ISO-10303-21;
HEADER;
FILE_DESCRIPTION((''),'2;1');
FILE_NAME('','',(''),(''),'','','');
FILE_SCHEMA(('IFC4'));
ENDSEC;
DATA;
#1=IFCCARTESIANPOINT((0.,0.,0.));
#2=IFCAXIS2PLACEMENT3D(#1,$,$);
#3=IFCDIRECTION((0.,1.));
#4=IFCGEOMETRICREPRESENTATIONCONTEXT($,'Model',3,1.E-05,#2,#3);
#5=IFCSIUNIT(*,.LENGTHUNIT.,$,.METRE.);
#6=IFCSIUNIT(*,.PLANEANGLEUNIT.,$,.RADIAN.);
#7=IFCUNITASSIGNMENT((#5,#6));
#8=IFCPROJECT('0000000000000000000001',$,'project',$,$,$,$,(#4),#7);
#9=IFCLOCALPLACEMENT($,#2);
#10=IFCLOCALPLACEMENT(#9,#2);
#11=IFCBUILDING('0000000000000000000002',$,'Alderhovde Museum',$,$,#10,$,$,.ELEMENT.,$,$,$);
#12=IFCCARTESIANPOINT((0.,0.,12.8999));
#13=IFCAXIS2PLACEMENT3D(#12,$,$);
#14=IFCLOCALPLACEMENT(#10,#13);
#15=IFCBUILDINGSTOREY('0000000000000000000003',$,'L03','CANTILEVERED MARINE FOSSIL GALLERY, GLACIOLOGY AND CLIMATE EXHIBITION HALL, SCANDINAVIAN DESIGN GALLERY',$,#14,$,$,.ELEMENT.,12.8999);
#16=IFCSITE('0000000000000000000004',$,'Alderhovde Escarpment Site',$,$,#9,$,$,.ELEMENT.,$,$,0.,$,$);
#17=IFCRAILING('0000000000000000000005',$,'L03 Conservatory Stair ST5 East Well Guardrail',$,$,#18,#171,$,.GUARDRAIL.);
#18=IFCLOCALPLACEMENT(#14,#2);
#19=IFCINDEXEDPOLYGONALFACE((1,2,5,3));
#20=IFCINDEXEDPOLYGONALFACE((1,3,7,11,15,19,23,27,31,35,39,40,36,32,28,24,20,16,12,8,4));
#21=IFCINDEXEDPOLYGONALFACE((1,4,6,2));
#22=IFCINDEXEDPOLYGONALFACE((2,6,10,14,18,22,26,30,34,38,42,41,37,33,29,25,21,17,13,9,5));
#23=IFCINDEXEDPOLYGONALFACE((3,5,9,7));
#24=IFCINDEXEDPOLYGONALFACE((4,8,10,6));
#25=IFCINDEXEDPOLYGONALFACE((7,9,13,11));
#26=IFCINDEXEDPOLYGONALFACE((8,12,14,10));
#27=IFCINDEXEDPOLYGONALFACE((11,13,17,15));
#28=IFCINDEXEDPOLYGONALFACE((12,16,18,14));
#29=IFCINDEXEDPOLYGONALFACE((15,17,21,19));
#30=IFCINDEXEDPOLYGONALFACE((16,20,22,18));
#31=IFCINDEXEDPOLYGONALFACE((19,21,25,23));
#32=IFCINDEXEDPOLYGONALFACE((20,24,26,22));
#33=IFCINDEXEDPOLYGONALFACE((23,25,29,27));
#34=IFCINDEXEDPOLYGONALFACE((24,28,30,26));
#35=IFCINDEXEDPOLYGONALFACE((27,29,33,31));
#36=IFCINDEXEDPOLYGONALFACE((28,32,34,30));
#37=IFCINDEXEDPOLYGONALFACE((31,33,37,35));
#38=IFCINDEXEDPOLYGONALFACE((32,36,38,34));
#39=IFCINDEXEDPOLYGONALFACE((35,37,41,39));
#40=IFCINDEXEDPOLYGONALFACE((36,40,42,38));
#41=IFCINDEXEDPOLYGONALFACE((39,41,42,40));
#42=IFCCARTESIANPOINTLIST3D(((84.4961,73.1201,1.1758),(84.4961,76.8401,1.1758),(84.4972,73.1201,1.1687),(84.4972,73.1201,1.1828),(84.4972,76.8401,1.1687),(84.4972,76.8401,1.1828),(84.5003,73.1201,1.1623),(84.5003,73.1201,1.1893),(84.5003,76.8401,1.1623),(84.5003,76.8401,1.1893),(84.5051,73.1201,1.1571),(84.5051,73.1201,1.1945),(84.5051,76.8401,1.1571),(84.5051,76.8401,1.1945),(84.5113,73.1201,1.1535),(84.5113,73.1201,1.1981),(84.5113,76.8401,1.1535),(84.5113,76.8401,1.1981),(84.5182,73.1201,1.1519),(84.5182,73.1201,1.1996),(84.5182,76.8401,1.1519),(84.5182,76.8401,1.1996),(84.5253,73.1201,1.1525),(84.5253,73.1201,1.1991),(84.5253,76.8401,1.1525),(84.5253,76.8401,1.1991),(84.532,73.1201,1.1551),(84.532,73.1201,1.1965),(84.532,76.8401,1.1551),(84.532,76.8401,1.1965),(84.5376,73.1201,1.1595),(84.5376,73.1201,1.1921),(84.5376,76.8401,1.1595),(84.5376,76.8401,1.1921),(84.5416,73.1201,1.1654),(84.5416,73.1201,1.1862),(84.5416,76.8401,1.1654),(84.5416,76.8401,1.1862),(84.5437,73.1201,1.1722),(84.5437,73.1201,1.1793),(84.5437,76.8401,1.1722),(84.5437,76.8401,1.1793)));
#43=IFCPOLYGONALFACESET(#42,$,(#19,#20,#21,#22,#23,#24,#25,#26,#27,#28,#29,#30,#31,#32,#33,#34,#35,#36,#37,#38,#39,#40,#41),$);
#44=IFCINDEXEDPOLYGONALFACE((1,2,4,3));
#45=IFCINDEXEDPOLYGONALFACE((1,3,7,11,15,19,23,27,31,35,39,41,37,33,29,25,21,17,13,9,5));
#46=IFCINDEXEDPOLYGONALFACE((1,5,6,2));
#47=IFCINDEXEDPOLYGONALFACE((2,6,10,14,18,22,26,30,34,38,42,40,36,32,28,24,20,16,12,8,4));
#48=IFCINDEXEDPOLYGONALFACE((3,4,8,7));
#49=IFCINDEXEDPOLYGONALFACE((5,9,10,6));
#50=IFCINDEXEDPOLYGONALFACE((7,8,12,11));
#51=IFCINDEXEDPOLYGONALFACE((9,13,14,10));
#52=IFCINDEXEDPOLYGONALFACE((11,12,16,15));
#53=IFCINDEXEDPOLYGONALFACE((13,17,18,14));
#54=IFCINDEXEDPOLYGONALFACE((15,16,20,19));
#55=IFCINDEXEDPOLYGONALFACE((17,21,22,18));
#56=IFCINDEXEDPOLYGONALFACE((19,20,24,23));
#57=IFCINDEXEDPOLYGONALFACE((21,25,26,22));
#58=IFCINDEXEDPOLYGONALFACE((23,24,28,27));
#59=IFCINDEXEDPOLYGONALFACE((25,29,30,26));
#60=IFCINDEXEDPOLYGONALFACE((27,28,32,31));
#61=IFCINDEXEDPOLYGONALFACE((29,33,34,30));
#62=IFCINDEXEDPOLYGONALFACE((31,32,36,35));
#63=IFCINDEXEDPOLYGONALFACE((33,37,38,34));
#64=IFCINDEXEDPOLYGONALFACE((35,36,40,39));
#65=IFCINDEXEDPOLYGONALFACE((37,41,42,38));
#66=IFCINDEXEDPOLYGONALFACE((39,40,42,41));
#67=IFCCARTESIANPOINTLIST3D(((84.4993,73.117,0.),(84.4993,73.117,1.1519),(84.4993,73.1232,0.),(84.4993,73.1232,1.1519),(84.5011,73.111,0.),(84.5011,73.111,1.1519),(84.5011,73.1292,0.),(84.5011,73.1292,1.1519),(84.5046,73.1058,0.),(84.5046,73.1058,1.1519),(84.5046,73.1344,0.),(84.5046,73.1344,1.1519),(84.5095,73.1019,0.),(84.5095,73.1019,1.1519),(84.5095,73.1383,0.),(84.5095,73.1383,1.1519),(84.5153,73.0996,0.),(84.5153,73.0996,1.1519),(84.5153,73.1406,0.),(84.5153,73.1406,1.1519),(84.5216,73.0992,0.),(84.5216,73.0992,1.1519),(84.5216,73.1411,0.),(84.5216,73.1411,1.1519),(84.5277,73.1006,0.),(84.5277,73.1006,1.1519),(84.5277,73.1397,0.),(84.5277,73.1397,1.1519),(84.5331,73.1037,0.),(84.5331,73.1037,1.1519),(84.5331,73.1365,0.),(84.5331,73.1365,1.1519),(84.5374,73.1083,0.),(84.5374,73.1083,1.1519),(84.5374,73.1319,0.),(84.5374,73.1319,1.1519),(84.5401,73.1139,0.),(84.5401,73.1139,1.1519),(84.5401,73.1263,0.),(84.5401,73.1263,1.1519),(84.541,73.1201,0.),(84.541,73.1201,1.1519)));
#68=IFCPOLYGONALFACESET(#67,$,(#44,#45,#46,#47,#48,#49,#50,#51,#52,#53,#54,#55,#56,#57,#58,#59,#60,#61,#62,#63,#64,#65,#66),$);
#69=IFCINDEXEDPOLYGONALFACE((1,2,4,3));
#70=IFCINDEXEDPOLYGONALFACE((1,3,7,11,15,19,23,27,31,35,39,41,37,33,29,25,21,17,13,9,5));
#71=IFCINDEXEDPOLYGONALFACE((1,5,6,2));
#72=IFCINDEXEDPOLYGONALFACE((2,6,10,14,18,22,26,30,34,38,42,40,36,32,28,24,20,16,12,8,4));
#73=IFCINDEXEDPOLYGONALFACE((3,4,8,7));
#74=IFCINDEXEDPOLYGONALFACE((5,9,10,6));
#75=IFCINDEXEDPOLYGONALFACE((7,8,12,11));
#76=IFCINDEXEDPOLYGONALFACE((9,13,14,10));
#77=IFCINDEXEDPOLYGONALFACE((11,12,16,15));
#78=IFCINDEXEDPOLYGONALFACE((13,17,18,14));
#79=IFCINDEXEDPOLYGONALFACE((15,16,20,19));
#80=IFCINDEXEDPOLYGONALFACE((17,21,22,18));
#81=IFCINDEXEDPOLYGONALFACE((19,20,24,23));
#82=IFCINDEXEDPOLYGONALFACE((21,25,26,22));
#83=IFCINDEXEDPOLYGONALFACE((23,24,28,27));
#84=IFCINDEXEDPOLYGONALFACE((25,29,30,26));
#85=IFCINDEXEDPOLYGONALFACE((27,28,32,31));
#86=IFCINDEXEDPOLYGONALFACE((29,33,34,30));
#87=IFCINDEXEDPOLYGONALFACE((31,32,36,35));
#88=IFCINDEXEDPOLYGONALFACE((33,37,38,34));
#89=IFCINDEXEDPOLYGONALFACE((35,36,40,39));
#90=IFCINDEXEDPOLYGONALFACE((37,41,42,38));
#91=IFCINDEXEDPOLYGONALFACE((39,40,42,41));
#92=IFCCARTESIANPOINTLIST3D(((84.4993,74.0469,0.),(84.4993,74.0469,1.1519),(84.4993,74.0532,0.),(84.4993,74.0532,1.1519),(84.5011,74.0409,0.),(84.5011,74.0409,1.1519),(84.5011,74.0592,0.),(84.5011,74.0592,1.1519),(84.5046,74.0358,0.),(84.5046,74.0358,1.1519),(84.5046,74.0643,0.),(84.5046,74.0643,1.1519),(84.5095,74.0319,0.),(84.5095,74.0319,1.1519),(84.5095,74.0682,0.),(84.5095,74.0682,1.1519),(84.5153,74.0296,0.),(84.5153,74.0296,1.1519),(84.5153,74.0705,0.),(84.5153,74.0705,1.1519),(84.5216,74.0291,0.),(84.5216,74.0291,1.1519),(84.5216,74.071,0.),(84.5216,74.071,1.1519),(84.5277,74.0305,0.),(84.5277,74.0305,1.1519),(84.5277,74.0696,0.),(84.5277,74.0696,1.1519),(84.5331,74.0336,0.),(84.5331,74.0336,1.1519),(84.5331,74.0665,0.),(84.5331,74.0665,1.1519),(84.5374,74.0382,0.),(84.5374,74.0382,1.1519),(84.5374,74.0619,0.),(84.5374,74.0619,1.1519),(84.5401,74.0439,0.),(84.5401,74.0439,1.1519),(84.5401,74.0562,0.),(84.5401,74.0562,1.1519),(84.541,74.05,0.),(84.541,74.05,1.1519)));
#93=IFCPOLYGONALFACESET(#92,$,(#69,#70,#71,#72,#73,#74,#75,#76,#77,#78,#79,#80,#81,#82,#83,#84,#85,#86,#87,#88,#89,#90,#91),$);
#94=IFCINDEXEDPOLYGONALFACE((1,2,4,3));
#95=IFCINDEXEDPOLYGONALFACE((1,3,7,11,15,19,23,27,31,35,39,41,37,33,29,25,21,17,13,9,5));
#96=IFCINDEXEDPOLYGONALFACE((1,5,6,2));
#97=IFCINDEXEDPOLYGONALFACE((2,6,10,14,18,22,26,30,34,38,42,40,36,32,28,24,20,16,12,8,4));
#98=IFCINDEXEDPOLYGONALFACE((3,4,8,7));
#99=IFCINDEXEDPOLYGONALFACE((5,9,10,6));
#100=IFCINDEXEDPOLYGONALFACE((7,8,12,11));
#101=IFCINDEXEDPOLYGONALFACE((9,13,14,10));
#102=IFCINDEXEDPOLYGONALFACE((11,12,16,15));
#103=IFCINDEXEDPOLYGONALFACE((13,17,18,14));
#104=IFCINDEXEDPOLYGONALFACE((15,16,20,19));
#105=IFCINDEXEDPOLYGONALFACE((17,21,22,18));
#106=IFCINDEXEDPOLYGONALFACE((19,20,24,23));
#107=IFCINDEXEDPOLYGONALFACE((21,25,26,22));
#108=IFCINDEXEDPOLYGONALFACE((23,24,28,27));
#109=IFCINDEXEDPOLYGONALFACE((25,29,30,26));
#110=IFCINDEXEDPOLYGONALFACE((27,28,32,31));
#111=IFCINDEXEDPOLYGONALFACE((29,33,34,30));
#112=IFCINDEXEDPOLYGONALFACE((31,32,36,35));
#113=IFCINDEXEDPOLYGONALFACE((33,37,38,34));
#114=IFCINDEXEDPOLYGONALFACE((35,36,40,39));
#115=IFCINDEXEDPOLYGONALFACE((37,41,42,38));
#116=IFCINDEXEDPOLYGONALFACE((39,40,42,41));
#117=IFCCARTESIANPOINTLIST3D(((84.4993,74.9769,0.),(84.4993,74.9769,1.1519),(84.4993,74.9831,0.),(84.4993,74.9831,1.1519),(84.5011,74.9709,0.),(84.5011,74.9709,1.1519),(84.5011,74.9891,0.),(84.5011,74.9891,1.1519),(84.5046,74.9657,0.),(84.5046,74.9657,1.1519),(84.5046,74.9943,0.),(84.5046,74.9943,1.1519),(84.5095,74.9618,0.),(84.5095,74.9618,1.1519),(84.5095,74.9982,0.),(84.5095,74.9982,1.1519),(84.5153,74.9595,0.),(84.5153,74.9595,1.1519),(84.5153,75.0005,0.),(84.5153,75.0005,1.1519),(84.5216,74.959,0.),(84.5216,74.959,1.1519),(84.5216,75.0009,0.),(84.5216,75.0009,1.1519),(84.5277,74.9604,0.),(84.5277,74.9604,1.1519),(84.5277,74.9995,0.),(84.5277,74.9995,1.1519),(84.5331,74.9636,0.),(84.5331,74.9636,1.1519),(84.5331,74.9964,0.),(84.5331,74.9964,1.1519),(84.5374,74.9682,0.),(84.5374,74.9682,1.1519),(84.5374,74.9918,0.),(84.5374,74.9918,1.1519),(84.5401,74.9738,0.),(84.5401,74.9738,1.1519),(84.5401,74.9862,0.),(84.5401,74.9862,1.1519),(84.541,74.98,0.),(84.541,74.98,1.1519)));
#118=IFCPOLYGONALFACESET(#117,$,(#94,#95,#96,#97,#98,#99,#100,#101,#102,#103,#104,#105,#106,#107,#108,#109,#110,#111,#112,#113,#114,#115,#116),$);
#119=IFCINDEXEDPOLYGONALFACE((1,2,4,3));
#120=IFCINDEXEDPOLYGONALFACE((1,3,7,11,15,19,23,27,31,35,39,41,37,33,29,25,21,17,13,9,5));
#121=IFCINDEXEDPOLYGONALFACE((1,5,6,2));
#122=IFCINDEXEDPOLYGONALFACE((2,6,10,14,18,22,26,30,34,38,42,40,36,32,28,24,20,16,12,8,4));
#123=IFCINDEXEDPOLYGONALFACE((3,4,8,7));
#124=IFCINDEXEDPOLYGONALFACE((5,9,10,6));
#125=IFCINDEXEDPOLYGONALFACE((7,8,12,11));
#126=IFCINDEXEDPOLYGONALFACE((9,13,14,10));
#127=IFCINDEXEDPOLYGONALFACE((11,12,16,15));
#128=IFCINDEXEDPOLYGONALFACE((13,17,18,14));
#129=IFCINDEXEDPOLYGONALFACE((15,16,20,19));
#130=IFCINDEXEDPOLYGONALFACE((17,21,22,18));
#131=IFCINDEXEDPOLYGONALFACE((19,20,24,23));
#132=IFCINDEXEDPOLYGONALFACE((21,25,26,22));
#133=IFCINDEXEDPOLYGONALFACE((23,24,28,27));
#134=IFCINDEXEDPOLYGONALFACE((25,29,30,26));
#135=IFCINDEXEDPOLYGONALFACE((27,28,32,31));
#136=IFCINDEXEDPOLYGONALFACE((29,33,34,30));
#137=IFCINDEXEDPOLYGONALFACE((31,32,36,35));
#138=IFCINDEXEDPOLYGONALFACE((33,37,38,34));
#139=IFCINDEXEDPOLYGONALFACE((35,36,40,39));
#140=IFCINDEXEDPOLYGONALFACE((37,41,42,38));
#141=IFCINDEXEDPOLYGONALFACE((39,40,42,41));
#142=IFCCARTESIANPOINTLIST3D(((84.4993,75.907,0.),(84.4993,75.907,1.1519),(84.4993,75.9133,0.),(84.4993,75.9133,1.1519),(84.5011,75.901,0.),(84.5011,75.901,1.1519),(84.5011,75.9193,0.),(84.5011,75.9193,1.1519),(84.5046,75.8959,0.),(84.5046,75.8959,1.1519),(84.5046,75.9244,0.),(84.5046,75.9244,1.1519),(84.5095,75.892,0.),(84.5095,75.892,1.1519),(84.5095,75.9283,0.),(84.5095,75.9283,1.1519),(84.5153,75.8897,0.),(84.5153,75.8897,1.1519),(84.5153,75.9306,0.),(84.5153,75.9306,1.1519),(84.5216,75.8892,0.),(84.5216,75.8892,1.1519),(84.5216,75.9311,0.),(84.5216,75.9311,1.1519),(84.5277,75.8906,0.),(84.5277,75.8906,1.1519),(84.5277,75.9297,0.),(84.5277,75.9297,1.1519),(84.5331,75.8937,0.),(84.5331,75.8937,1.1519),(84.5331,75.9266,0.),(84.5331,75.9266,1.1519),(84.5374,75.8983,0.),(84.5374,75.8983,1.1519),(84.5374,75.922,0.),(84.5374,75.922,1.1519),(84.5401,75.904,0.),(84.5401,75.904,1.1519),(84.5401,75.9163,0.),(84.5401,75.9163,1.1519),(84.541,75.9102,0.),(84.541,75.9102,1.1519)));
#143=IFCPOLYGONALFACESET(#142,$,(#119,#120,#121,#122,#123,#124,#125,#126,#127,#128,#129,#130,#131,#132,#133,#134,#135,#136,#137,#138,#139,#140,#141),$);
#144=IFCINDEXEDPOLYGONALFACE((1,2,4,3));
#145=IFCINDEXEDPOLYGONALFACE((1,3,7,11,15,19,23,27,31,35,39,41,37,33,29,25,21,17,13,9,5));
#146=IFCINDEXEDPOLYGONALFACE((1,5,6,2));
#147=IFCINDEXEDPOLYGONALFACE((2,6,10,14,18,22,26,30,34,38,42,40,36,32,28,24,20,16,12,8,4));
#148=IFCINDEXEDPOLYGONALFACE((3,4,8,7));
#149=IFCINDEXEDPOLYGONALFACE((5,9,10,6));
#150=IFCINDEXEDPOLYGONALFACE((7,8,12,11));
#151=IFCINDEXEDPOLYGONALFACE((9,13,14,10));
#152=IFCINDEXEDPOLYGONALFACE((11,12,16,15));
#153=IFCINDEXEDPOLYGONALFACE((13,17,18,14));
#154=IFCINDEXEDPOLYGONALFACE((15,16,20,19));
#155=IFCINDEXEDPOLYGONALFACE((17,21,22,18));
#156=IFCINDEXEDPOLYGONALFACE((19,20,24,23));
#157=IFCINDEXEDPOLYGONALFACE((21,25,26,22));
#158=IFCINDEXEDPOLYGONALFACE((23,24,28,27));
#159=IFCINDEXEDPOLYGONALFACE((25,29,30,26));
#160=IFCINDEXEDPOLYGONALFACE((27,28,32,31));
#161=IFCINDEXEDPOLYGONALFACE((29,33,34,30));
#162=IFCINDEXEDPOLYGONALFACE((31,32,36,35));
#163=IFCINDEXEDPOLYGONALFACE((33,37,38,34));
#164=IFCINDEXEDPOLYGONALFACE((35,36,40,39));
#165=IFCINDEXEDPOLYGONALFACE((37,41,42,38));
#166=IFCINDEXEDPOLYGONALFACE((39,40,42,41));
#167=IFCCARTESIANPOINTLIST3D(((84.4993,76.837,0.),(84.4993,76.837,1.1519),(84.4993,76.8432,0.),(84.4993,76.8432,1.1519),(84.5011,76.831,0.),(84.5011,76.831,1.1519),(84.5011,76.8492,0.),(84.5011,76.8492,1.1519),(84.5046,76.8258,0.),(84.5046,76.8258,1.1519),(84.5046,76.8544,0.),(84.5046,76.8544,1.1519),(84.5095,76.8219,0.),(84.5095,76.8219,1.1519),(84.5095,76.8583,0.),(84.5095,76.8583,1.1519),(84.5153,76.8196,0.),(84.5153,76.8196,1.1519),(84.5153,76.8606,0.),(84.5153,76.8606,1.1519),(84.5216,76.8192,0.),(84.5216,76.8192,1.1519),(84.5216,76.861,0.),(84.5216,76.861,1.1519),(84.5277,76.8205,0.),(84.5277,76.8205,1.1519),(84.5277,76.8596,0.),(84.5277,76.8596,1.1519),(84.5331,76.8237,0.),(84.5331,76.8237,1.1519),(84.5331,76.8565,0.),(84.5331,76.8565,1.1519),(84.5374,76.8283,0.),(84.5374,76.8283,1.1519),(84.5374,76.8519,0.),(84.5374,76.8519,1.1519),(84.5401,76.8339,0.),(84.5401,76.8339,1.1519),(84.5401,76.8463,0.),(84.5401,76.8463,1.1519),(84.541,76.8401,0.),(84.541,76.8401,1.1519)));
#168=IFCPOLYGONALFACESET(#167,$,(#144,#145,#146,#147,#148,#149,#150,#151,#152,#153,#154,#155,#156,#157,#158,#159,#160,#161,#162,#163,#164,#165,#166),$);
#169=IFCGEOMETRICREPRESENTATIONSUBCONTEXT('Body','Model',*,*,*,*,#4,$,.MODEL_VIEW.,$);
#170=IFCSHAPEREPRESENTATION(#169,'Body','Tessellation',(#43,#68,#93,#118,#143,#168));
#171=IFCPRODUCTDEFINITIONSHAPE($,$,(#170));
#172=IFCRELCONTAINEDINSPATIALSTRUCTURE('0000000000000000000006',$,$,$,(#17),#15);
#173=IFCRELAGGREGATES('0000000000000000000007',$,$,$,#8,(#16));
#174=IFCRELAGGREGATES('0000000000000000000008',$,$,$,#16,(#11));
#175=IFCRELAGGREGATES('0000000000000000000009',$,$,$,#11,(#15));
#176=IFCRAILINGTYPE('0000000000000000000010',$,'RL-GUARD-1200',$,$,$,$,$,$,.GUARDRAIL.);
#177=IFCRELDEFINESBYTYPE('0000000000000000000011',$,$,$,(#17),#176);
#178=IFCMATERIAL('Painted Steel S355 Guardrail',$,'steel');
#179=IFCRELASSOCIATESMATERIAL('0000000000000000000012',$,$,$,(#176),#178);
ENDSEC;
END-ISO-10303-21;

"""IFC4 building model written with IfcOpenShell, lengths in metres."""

from ifc_helpers import new_model, si_unit, direction, frame, origin, origin_2d, place, context, subcontext, project, spatial, circle, extrude, material, type_object, element, save


model = new_model("IFC4")

# Units and contexts
model_context = context("Model", 3, precision=1e-05, world=origin(), true_north=direction((0.0, 1.0)))
body_context = subcontext(model_context, "Body", "Model", "MODEL_VIEW")
ifc_project = project(units=[si_unit("LENGTHUNIT", "METRE"), si_unit("PLANEANGLEUNIT", "RADIAN")], contexts=[model_context])

# Site, building, storey
site_placement = place(None, origin())
site = spatial("IfcSite", under=ifc_project, at=site_placement, Name="Alderhovde Escarpment Site", CompositionType="ELEMENT", RefElevation=0.0)
building_placement = place(site_placement, origin())
building = spatial("IfcBuilding", under=site, at=building_placement, Name="Alderhovde Museum", CompositionType="ELEMENT")
storey_placement = place(building_placement, frame((0.0, 0.0, 12.8999)))
storey = spatial("IfcBuildingStorey", under=building, at=storey_placement, Name="L03", Description="CANTILEVERED MARINE FOSSIL GALLERY, GLACIOLOGY AND CLIMATE EXHIBITION HALL, SCANDINAVIAN DESIGN GALLERY", CompositionType="ELEMENT", Elevation=12.8999)

# Railing
ifc_material_1 = material(Name="Painted Steel S355 Guardrail", Category="steel")
railing_type_1 = type_object("IfcRailingType", Name="RL-GUARD-1200", PredefinedType="GUARDRAIL", material=ifc_material_1)
railing_1_placement = place(storey_placement, frame((84.52, 73.1201, 0.0)))
element("IfcRailing", 1, at=railing_1_placement, inside=storey, type_object=railing_type_1, Name="L03 Conservatory Stair ST5 East Well Guardrail", PredefinedType="GUARDRAIL", context=body_context, shape_type="SweptSolid", body=[
    extrude(circle(Radius=0.0239, at=origin_2d()), frame((0.0, 0.0, 1.1758), z_axis=(0.0, 1.0, 0.0), x_axis=(-1.0, 0.0, 0.0)), (0.0, 0.0, 1.0), 3.72),
    extrude(circle(Radius=0.021, at=origin_2d()), origin(), (0.0, 0.0, 1.0), 1.1519),
    extrude(circle(Radius=0.021, at=origin_2d()), frame((0.0, 0.9299, 0.0)), (0.0, 0.0, 1.0), 1.1519),
    extrude(circle(Radius=0.021, at=origin_2d()), frame((0.0, 1.8599, 0.0)), (0.0, 0.0, 1.0), 1.1519),
    extrude(circle(Radius=0.021, at=origin_2d()), frame((0.0, 2.79, 0.0)), (0.0, 0.0, 1.0), 1.1519),
    extrude(circle(Radius=0.021, at=origin_2d()), frame((0.0, 3.72, 0.0)), (0.0, 0.0, 1.0), 1.1519),
])

save(model, "model.ifc")
